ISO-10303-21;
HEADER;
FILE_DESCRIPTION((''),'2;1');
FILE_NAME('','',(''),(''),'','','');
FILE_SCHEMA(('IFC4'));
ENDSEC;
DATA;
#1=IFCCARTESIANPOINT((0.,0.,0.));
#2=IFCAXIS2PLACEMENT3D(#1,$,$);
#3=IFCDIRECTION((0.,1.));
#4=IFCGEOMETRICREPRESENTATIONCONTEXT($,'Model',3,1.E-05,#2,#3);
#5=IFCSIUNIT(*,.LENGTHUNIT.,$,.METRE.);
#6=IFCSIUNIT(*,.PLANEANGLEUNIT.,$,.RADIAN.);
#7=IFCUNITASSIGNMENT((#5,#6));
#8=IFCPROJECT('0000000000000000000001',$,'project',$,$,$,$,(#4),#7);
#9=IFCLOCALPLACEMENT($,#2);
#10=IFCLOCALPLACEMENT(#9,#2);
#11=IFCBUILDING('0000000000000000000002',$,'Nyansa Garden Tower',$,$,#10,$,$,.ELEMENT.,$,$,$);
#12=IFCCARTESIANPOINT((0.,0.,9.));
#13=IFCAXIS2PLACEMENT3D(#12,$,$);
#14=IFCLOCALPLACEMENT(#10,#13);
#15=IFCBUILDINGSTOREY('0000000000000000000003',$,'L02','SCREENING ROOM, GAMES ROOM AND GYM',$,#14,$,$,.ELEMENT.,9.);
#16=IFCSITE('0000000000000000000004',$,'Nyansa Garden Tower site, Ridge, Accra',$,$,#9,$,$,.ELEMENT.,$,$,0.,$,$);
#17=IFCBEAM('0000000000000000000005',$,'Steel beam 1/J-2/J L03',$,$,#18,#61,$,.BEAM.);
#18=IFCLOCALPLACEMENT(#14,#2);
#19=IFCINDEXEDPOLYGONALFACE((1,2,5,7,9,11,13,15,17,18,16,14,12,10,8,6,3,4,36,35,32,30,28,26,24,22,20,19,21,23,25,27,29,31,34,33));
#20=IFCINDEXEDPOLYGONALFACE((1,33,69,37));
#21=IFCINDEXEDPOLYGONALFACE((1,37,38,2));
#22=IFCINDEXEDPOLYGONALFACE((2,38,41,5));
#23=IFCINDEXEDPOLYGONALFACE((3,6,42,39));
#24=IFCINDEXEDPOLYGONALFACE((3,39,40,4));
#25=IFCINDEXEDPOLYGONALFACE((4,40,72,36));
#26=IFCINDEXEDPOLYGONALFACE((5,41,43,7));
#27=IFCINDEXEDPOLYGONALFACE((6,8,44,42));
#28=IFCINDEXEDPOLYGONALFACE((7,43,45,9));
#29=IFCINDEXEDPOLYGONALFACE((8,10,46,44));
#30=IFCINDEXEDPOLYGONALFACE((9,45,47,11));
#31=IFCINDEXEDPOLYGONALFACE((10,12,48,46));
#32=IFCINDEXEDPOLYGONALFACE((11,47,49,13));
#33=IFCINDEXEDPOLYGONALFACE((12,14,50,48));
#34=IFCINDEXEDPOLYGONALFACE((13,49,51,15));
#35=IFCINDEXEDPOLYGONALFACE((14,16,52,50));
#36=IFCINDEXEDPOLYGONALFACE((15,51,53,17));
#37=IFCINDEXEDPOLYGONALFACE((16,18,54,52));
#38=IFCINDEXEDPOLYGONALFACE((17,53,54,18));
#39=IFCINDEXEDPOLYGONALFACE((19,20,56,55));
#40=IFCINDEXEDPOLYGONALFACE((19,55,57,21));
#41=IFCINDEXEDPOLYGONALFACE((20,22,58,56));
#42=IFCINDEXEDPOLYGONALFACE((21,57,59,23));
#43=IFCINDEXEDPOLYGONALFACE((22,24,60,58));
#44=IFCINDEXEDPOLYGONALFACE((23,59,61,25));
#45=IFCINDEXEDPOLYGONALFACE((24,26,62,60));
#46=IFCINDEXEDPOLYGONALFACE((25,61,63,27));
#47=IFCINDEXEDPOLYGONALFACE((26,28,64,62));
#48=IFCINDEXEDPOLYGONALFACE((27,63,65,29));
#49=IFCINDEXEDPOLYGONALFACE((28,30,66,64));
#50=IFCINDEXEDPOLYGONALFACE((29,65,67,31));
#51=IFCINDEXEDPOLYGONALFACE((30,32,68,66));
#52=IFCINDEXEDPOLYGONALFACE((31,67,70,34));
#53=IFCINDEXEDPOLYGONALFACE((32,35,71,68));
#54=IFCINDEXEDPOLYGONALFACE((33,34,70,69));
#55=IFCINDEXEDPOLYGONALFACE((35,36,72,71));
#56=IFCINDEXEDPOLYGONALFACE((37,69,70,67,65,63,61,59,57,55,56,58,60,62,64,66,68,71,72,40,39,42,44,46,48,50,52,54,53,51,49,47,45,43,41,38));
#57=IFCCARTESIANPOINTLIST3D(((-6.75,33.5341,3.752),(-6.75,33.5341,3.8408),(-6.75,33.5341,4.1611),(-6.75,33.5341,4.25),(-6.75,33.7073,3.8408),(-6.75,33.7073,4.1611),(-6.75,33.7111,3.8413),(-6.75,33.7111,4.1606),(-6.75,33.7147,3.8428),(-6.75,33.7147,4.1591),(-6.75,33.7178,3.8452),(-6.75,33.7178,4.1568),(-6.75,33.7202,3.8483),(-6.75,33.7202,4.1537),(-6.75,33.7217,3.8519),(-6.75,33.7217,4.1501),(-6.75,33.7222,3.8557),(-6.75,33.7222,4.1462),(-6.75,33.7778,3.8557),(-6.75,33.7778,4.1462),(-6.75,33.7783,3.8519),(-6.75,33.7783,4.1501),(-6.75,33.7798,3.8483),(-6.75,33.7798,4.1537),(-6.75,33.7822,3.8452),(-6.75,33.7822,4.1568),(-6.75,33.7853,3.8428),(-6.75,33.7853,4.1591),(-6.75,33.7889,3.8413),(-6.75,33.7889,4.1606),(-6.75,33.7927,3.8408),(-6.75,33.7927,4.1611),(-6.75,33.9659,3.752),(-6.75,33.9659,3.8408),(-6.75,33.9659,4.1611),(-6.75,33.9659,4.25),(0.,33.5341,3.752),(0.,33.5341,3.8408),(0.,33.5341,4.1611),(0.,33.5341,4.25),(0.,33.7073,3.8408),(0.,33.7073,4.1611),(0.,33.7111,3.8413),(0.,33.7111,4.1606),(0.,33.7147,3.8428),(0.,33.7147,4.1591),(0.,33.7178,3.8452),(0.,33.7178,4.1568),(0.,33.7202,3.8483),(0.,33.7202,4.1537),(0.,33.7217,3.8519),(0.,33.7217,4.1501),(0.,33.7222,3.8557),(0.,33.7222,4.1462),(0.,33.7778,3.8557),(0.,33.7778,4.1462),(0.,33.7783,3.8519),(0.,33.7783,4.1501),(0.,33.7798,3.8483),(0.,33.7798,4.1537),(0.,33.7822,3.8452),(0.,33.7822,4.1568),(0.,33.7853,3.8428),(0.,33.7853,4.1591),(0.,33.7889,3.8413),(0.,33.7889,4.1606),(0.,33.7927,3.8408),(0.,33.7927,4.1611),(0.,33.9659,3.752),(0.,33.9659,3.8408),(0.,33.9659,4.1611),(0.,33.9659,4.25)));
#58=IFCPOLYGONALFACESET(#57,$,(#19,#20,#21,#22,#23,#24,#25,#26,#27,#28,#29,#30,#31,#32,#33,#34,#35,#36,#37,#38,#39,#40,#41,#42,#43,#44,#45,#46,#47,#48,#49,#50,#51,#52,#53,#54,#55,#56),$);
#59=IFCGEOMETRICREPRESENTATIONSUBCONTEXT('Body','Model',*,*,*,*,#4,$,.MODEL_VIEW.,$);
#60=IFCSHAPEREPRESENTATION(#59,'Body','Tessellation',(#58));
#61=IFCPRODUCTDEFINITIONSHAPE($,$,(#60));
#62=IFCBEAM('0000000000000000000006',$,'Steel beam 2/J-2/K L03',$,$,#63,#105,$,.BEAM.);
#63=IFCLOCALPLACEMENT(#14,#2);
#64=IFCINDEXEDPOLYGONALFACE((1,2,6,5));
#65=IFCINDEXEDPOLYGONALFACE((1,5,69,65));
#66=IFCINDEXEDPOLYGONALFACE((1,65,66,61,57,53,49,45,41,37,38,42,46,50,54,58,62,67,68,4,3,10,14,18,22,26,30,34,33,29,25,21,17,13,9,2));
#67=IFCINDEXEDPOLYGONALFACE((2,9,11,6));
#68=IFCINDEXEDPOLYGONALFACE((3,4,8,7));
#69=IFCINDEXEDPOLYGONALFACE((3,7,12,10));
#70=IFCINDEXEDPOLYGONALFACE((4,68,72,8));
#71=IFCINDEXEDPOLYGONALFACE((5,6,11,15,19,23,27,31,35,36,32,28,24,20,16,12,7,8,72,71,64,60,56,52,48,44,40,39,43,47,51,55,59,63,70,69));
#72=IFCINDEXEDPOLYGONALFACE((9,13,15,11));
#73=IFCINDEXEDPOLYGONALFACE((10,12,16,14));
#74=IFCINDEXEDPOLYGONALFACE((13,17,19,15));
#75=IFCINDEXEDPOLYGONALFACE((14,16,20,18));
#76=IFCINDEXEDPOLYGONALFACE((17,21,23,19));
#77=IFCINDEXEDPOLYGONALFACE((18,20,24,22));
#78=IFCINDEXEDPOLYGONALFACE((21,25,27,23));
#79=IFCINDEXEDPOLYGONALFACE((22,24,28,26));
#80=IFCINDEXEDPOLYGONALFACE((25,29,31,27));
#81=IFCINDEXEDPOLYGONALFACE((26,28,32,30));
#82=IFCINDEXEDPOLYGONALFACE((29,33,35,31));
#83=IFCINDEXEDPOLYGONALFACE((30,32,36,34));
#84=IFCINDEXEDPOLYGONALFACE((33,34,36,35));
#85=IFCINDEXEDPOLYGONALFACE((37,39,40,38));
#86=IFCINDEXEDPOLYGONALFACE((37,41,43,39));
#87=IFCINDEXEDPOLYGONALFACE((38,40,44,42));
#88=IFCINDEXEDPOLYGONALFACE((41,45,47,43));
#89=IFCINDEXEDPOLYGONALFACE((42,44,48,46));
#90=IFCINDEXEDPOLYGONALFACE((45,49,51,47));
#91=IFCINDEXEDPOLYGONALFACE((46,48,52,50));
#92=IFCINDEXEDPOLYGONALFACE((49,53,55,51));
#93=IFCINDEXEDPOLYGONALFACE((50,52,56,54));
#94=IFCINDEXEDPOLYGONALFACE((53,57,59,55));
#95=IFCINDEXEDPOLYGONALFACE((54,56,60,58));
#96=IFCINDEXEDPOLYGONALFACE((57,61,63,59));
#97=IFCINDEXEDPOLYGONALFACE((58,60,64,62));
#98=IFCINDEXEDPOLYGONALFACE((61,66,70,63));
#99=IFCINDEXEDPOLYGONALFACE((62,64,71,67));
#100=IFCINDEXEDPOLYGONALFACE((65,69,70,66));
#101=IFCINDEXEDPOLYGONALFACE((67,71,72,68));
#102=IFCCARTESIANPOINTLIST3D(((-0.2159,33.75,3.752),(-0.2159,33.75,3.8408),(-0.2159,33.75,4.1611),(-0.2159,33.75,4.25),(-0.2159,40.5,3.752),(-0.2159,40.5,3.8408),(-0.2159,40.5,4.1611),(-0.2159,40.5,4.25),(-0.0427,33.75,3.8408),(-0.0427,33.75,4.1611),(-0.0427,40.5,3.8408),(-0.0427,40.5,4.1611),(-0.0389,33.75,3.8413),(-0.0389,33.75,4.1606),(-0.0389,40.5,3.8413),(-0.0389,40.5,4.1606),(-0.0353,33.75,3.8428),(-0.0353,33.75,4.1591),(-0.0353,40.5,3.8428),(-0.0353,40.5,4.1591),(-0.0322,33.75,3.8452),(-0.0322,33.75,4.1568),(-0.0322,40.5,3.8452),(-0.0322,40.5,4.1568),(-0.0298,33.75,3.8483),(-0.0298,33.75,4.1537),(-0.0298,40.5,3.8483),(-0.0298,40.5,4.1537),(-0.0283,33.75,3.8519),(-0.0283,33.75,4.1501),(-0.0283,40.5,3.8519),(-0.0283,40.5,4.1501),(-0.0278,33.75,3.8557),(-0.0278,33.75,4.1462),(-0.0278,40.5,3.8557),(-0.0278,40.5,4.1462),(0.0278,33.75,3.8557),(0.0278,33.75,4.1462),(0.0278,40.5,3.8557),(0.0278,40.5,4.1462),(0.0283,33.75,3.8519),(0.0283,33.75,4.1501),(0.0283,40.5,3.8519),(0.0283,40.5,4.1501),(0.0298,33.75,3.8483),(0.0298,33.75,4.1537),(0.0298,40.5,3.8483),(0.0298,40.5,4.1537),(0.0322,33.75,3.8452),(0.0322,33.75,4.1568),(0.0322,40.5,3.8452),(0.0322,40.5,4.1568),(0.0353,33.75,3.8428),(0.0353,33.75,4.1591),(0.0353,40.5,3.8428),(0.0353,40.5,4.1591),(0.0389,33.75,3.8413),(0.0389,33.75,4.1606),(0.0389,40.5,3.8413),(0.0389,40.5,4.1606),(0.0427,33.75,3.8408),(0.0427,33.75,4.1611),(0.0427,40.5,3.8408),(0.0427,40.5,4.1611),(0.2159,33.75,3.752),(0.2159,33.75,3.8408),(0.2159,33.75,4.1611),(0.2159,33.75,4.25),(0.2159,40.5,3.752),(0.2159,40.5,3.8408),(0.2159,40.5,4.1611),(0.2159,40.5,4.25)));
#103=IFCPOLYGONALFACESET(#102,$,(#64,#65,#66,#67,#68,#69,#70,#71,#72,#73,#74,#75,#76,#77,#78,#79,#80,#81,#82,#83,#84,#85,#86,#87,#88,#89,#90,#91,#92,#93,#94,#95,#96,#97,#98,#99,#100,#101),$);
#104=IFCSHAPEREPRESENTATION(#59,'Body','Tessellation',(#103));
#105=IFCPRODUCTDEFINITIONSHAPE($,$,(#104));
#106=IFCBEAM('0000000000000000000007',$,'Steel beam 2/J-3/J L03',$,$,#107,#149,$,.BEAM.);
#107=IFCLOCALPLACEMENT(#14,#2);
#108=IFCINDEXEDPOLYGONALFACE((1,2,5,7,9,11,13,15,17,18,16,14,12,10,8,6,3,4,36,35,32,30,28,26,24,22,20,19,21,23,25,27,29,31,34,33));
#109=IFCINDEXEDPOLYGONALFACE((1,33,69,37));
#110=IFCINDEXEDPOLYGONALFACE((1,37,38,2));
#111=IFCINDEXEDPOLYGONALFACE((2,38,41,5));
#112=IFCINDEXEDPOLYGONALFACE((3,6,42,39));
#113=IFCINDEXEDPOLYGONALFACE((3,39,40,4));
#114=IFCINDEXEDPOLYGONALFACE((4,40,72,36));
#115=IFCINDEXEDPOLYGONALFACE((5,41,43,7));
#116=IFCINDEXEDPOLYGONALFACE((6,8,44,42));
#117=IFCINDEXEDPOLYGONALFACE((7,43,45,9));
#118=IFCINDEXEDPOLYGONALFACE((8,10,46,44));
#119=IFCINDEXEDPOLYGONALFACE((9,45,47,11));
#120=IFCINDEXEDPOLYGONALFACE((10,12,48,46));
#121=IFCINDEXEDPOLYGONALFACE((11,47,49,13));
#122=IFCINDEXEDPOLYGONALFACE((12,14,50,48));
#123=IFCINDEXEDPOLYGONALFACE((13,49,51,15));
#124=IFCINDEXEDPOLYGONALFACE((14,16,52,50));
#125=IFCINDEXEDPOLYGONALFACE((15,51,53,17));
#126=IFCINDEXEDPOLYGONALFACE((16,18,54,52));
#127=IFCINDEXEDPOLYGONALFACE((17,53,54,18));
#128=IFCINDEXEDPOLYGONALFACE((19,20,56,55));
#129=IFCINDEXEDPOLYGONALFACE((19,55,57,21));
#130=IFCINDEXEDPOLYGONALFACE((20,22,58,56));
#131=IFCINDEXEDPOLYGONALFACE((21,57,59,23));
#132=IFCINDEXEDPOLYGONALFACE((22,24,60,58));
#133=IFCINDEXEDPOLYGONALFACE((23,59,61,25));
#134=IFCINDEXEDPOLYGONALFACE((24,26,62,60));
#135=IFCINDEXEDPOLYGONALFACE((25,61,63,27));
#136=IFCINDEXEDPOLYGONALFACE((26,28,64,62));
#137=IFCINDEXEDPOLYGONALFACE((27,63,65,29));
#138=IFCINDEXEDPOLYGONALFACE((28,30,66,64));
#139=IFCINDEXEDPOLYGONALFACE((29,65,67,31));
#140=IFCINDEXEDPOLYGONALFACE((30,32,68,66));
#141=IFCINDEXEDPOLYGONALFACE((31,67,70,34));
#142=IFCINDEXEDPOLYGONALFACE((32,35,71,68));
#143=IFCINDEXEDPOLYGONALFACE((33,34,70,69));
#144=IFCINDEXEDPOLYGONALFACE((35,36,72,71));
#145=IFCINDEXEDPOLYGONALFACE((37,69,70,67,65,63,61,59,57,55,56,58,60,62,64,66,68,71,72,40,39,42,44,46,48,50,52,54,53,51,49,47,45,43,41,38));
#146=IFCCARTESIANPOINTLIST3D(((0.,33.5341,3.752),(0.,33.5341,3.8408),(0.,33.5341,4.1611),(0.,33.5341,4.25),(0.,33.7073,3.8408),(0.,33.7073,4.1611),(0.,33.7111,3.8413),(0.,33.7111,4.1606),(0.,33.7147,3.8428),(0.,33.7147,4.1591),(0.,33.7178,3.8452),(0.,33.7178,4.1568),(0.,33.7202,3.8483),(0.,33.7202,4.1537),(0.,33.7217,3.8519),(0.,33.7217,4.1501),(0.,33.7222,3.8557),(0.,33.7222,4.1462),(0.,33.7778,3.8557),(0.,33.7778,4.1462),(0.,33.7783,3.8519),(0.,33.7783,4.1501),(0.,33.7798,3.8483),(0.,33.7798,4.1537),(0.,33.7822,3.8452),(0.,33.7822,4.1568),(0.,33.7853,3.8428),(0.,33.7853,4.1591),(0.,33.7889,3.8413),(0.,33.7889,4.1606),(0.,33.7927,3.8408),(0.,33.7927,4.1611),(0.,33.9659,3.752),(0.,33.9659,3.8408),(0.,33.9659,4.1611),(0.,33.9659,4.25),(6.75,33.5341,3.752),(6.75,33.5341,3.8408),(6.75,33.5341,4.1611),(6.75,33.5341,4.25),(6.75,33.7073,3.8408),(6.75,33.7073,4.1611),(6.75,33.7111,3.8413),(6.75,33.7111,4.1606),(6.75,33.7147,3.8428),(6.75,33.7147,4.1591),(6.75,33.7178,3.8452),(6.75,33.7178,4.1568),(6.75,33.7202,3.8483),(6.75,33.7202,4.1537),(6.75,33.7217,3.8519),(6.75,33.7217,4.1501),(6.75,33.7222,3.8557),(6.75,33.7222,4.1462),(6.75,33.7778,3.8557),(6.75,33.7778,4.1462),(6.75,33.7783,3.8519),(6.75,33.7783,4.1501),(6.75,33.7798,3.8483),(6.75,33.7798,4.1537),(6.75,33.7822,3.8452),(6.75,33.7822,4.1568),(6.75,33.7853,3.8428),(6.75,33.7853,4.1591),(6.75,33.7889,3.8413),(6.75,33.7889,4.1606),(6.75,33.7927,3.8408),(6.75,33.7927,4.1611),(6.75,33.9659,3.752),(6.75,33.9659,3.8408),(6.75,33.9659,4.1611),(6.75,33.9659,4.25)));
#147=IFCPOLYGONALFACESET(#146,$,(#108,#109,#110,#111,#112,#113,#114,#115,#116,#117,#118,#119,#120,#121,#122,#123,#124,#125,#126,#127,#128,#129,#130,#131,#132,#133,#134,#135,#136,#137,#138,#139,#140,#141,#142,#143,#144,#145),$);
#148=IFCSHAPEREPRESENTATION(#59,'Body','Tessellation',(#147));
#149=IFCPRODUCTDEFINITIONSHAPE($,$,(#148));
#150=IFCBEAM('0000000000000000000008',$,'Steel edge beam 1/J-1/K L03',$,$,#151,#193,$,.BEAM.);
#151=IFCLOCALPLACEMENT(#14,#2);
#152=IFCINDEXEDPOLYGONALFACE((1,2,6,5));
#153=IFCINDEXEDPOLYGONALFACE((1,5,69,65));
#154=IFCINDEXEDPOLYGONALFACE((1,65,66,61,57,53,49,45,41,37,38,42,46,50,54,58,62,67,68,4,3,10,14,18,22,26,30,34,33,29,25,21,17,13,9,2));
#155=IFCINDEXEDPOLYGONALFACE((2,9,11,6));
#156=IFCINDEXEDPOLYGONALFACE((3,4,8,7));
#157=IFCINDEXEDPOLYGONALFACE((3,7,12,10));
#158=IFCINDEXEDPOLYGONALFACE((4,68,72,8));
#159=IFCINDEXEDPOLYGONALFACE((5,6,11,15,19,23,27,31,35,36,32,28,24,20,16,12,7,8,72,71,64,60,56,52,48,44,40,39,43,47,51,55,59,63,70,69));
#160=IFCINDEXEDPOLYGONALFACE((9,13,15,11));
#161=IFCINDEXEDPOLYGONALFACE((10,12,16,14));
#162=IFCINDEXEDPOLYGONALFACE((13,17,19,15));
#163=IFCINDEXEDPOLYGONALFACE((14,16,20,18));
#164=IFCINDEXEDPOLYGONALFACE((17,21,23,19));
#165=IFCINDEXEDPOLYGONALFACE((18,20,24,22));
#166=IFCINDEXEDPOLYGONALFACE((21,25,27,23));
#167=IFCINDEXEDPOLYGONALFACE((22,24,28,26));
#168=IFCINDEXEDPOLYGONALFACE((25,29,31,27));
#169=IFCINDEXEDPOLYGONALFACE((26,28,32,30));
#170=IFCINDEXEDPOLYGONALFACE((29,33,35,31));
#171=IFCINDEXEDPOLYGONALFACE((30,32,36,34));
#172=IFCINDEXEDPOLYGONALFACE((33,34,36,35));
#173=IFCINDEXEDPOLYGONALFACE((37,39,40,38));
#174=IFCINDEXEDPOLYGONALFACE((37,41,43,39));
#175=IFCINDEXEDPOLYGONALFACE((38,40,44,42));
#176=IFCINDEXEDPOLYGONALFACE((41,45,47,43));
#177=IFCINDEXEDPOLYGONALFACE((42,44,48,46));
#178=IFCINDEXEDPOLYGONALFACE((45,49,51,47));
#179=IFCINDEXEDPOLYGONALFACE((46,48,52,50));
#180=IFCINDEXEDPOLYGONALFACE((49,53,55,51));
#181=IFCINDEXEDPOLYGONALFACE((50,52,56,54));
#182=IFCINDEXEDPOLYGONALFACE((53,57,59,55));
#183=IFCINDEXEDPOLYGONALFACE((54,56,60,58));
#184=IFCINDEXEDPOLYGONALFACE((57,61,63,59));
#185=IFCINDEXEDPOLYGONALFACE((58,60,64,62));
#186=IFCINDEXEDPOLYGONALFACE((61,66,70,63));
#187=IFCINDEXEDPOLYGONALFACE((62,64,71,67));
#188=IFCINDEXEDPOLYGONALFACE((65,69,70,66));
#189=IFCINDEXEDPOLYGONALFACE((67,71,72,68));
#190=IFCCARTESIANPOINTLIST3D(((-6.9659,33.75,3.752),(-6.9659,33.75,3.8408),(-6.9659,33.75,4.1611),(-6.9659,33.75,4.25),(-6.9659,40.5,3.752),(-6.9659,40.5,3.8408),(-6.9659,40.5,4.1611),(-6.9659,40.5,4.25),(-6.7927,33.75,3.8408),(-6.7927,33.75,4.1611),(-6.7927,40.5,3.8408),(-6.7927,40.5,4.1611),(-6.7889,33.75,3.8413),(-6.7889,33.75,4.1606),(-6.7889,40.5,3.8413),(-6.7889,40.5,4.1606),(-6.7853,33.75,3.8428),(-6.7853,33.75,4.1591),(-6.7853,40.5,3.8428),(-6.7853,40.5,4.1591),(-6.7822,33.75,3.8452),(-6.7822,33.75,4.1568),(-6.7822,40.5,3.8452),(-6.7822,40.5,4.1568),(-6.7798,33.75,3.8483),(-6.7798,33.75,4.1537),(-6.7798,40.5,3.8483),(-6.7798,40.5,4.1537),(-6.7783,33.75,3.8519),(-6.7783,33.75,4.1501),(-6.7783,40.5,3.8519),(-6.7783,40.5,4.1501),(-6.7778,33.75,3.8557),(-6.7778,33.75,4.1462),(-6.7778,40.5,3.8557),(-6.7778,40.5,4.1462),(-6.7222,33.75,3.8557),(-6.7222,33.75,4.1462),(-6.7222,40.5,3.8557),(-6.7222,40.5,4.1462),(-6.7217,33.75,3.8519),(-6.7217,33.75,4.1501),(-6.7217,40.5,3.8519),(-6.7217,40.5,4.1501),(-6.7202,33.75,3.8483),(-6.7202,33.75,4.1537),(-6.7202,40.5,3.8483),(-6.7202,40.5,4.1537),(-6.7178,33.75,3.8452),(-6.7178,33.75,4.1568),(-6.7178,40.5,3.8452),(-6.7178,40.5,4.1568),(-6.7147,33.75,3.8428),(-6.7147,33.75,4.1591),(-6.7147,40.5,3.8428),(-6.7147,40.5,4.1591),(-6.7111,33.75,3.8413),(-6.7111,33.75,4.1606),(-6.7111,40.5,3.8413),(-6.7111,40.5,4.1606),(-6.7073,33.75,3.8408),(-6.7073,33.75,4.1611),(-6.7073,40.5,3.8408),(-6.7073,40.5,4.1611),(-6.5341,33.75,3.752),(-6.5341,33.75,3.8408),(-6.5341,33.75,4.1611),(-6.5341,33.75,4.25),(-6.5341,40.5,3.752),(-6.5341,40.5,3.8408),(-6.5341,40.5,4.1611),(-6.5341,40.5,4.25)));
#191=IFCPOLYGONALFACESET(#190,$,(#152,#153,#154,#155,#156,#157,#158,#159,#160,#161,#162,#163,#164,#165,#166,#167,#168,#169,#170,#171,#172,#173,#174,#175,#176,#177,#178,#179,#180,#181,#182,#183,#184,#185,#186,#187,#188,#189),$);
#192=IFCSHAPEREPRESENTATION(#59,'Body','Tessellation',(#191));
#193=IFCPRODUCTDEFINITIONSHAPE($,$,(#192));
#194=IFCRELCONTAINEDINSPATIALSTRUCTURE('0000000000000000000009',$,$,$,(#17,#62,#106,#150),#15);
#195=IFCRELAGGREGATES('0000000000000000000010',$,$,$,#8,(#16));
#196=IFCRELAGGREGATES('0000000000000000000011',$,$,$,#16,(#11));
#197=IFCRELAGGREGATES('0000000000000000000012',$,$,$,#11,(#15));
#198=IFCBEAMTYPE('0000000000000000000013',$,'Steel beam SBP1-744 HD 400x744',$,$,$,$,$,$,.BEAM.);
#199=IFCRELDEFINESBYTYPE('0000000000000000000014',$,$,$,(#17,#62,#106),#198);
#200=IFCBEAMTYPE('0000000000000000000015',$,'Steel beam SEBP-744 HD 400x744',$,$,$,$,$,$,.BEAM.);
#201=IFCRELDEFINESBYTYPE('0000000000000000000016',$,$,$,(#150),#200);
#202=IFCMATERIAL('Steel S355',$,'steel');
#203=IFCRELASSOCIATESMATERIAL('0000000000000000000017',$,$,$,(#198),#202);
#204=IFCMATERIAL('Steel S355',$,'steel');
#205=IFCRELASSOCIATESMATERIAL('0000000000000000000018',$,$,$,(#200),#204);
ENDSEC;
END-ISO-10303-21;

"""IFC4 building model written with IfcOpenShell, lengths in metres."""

from ifc_helpers import new_model, si_unit, direction, frame, origin, origin_2d, place, context, subcontext, project, spatial, i_section, extrude, material, material_profile, profile_set, type_object, element, save


model = new_model("IFC4")

# Units and contexts
model_context = context("Model", 3, precision=1e-05, world=origin(), true_north=direction((0.0, 1.0)))
body_context = subcontext(model_context, "Body", "Model", "MODEL_VIEW")
ifc_project = project(units=[si_unit("LENGTHUNIT", "METRE"), si_unit("PLANEANGLEUNIT", "RADIAN")], contexts=[model_context])

# Site, building, storey
site_placement = place(None, origin())
site = spatial("IfcSite", under=ifc_project, at=site_placement, Name="Nyansa Garden Tower site, Ridge, Accra", CompositionType="ELEMENT", RefElevation=0.0)
building_placement = place(site_placement, origin())
building = spatial("IfcBuilding", under=site, at=building_placement, Name="Nyansa Garden Tower", CompositionType="ELEMENT")
storey_placement = place(building_placement, frame((0.0, 0.0, 9.0)))
storey = spatial("IfcBuildingStorey", under=building, at=storey_placement, Name="L02", Description="SCREENING ROOM, GAMES ROOM AND GYM", CompositionType="ELEMENT", Elevation=9.0)

# Beams
ifc_material_1 = material(Name="Steel S355", Category="steel")
ifc_material_profile_1 = material_profile(ifc_material_1, i_section(OverallWidth=0.4319, OverallDepth=0.498, WebThickness=0.0557, FlangeThickness=0.0889, FilletRadius=0.0149, at=origin_2d()), Name="HD 400x744")
ifc_profile_set_1 = profile_set([ifc_material_profile_1], Name="Steel S355")
beam_type_1 = type_object("IfcBeamType", Name="Steel beam SBP1-744 HD 400x744", PredefinedType="BEAM", material=ifc_profile_set_1)
for number, where, z_axis, x_axis, name in (
    (1, (-6.75, 33.75, 4.001), (1.0, 0.0, 0.0), (0.0, 1.0, 0.0), "Steel beam 1/J-2/J L03"),
    (2, (0.0, 33.75, 4.001), (0.0, 1.0, 0.0), (-1.0, 0.0, 0.0), "Steel beam 2/J-2/K L03"),
    (3, (0.0, 33.75, 4.001), (1.0, 0.0, 0.0), (0.0, 1.0, 0.0), "Steel beam 2/J-3/J L03"),
):
    element("IfcBeam", number, at=place(storey_placement, frame(where, z_axis=z_axis, x_axis=x_axis)), inside=storey, type_object=beam_type_1, Name=name, PredefinedType="BEAM", context=body_context, shape_type="SweptSolid", body=[
        extrude(i_section(OverallWidth=0.4319, OverallDepth=0.498, WebThickness=0.0557, FlangeThickness=0.0889, FilletRadius=0.0149, at=origin_2d()), origin(), (0.0, 0.0, 1.0), 6.75),
    ])
ifc_material_2 = material(Name="Steel S355", Category="steel")
ifc_material_profile_2 = material_profile(ifc_material_2, i_section(OverallWidth=0.4319, OverallDepth=0.498, WebThickness=0.0557, FlangeThickness=0.0889, FilletRadius=0.0149, at=origin_2d()), Name="HD 400x744")
ifc_profile_set_2 = profile_set([ifc_material_profile_2], Name="Steel S355")
beam_type_2 = type_object("IfcBeamType", Name="Steel beam SEBP-744 HD 400x744", PredefinedType="BEAM", material=ifc_profile_set_2)
for number, where, z_axis, x_axis, name in (
    (4, (-6.75, 33.75, 4.001), (0.0, 1.0, 0.0), (-1.0, 0.0, 0.0), "Steel edge beam 1/J-1/K L03"),
):
    element("IfcBeam", number, at=place(storey_placement, frame(where, z_axis=z_axis, x_axis=x_axis)), inside=storey, type_object=beam_type_2, Name=name, PredefinedType="BEAM", context=body_context, shape_type="SweptSolid", body=[
        extrude(i_section(OverallWidth=0.4319, OverallDepth=0.498, WebThickness=0.0557, FlangeThickness=0.0889, FilletRadius=0.0149, at=origin_2d()), origin(), (0.0, 0.0, 1.0), 6.75),
    ])

save(model, "model.ifc")
